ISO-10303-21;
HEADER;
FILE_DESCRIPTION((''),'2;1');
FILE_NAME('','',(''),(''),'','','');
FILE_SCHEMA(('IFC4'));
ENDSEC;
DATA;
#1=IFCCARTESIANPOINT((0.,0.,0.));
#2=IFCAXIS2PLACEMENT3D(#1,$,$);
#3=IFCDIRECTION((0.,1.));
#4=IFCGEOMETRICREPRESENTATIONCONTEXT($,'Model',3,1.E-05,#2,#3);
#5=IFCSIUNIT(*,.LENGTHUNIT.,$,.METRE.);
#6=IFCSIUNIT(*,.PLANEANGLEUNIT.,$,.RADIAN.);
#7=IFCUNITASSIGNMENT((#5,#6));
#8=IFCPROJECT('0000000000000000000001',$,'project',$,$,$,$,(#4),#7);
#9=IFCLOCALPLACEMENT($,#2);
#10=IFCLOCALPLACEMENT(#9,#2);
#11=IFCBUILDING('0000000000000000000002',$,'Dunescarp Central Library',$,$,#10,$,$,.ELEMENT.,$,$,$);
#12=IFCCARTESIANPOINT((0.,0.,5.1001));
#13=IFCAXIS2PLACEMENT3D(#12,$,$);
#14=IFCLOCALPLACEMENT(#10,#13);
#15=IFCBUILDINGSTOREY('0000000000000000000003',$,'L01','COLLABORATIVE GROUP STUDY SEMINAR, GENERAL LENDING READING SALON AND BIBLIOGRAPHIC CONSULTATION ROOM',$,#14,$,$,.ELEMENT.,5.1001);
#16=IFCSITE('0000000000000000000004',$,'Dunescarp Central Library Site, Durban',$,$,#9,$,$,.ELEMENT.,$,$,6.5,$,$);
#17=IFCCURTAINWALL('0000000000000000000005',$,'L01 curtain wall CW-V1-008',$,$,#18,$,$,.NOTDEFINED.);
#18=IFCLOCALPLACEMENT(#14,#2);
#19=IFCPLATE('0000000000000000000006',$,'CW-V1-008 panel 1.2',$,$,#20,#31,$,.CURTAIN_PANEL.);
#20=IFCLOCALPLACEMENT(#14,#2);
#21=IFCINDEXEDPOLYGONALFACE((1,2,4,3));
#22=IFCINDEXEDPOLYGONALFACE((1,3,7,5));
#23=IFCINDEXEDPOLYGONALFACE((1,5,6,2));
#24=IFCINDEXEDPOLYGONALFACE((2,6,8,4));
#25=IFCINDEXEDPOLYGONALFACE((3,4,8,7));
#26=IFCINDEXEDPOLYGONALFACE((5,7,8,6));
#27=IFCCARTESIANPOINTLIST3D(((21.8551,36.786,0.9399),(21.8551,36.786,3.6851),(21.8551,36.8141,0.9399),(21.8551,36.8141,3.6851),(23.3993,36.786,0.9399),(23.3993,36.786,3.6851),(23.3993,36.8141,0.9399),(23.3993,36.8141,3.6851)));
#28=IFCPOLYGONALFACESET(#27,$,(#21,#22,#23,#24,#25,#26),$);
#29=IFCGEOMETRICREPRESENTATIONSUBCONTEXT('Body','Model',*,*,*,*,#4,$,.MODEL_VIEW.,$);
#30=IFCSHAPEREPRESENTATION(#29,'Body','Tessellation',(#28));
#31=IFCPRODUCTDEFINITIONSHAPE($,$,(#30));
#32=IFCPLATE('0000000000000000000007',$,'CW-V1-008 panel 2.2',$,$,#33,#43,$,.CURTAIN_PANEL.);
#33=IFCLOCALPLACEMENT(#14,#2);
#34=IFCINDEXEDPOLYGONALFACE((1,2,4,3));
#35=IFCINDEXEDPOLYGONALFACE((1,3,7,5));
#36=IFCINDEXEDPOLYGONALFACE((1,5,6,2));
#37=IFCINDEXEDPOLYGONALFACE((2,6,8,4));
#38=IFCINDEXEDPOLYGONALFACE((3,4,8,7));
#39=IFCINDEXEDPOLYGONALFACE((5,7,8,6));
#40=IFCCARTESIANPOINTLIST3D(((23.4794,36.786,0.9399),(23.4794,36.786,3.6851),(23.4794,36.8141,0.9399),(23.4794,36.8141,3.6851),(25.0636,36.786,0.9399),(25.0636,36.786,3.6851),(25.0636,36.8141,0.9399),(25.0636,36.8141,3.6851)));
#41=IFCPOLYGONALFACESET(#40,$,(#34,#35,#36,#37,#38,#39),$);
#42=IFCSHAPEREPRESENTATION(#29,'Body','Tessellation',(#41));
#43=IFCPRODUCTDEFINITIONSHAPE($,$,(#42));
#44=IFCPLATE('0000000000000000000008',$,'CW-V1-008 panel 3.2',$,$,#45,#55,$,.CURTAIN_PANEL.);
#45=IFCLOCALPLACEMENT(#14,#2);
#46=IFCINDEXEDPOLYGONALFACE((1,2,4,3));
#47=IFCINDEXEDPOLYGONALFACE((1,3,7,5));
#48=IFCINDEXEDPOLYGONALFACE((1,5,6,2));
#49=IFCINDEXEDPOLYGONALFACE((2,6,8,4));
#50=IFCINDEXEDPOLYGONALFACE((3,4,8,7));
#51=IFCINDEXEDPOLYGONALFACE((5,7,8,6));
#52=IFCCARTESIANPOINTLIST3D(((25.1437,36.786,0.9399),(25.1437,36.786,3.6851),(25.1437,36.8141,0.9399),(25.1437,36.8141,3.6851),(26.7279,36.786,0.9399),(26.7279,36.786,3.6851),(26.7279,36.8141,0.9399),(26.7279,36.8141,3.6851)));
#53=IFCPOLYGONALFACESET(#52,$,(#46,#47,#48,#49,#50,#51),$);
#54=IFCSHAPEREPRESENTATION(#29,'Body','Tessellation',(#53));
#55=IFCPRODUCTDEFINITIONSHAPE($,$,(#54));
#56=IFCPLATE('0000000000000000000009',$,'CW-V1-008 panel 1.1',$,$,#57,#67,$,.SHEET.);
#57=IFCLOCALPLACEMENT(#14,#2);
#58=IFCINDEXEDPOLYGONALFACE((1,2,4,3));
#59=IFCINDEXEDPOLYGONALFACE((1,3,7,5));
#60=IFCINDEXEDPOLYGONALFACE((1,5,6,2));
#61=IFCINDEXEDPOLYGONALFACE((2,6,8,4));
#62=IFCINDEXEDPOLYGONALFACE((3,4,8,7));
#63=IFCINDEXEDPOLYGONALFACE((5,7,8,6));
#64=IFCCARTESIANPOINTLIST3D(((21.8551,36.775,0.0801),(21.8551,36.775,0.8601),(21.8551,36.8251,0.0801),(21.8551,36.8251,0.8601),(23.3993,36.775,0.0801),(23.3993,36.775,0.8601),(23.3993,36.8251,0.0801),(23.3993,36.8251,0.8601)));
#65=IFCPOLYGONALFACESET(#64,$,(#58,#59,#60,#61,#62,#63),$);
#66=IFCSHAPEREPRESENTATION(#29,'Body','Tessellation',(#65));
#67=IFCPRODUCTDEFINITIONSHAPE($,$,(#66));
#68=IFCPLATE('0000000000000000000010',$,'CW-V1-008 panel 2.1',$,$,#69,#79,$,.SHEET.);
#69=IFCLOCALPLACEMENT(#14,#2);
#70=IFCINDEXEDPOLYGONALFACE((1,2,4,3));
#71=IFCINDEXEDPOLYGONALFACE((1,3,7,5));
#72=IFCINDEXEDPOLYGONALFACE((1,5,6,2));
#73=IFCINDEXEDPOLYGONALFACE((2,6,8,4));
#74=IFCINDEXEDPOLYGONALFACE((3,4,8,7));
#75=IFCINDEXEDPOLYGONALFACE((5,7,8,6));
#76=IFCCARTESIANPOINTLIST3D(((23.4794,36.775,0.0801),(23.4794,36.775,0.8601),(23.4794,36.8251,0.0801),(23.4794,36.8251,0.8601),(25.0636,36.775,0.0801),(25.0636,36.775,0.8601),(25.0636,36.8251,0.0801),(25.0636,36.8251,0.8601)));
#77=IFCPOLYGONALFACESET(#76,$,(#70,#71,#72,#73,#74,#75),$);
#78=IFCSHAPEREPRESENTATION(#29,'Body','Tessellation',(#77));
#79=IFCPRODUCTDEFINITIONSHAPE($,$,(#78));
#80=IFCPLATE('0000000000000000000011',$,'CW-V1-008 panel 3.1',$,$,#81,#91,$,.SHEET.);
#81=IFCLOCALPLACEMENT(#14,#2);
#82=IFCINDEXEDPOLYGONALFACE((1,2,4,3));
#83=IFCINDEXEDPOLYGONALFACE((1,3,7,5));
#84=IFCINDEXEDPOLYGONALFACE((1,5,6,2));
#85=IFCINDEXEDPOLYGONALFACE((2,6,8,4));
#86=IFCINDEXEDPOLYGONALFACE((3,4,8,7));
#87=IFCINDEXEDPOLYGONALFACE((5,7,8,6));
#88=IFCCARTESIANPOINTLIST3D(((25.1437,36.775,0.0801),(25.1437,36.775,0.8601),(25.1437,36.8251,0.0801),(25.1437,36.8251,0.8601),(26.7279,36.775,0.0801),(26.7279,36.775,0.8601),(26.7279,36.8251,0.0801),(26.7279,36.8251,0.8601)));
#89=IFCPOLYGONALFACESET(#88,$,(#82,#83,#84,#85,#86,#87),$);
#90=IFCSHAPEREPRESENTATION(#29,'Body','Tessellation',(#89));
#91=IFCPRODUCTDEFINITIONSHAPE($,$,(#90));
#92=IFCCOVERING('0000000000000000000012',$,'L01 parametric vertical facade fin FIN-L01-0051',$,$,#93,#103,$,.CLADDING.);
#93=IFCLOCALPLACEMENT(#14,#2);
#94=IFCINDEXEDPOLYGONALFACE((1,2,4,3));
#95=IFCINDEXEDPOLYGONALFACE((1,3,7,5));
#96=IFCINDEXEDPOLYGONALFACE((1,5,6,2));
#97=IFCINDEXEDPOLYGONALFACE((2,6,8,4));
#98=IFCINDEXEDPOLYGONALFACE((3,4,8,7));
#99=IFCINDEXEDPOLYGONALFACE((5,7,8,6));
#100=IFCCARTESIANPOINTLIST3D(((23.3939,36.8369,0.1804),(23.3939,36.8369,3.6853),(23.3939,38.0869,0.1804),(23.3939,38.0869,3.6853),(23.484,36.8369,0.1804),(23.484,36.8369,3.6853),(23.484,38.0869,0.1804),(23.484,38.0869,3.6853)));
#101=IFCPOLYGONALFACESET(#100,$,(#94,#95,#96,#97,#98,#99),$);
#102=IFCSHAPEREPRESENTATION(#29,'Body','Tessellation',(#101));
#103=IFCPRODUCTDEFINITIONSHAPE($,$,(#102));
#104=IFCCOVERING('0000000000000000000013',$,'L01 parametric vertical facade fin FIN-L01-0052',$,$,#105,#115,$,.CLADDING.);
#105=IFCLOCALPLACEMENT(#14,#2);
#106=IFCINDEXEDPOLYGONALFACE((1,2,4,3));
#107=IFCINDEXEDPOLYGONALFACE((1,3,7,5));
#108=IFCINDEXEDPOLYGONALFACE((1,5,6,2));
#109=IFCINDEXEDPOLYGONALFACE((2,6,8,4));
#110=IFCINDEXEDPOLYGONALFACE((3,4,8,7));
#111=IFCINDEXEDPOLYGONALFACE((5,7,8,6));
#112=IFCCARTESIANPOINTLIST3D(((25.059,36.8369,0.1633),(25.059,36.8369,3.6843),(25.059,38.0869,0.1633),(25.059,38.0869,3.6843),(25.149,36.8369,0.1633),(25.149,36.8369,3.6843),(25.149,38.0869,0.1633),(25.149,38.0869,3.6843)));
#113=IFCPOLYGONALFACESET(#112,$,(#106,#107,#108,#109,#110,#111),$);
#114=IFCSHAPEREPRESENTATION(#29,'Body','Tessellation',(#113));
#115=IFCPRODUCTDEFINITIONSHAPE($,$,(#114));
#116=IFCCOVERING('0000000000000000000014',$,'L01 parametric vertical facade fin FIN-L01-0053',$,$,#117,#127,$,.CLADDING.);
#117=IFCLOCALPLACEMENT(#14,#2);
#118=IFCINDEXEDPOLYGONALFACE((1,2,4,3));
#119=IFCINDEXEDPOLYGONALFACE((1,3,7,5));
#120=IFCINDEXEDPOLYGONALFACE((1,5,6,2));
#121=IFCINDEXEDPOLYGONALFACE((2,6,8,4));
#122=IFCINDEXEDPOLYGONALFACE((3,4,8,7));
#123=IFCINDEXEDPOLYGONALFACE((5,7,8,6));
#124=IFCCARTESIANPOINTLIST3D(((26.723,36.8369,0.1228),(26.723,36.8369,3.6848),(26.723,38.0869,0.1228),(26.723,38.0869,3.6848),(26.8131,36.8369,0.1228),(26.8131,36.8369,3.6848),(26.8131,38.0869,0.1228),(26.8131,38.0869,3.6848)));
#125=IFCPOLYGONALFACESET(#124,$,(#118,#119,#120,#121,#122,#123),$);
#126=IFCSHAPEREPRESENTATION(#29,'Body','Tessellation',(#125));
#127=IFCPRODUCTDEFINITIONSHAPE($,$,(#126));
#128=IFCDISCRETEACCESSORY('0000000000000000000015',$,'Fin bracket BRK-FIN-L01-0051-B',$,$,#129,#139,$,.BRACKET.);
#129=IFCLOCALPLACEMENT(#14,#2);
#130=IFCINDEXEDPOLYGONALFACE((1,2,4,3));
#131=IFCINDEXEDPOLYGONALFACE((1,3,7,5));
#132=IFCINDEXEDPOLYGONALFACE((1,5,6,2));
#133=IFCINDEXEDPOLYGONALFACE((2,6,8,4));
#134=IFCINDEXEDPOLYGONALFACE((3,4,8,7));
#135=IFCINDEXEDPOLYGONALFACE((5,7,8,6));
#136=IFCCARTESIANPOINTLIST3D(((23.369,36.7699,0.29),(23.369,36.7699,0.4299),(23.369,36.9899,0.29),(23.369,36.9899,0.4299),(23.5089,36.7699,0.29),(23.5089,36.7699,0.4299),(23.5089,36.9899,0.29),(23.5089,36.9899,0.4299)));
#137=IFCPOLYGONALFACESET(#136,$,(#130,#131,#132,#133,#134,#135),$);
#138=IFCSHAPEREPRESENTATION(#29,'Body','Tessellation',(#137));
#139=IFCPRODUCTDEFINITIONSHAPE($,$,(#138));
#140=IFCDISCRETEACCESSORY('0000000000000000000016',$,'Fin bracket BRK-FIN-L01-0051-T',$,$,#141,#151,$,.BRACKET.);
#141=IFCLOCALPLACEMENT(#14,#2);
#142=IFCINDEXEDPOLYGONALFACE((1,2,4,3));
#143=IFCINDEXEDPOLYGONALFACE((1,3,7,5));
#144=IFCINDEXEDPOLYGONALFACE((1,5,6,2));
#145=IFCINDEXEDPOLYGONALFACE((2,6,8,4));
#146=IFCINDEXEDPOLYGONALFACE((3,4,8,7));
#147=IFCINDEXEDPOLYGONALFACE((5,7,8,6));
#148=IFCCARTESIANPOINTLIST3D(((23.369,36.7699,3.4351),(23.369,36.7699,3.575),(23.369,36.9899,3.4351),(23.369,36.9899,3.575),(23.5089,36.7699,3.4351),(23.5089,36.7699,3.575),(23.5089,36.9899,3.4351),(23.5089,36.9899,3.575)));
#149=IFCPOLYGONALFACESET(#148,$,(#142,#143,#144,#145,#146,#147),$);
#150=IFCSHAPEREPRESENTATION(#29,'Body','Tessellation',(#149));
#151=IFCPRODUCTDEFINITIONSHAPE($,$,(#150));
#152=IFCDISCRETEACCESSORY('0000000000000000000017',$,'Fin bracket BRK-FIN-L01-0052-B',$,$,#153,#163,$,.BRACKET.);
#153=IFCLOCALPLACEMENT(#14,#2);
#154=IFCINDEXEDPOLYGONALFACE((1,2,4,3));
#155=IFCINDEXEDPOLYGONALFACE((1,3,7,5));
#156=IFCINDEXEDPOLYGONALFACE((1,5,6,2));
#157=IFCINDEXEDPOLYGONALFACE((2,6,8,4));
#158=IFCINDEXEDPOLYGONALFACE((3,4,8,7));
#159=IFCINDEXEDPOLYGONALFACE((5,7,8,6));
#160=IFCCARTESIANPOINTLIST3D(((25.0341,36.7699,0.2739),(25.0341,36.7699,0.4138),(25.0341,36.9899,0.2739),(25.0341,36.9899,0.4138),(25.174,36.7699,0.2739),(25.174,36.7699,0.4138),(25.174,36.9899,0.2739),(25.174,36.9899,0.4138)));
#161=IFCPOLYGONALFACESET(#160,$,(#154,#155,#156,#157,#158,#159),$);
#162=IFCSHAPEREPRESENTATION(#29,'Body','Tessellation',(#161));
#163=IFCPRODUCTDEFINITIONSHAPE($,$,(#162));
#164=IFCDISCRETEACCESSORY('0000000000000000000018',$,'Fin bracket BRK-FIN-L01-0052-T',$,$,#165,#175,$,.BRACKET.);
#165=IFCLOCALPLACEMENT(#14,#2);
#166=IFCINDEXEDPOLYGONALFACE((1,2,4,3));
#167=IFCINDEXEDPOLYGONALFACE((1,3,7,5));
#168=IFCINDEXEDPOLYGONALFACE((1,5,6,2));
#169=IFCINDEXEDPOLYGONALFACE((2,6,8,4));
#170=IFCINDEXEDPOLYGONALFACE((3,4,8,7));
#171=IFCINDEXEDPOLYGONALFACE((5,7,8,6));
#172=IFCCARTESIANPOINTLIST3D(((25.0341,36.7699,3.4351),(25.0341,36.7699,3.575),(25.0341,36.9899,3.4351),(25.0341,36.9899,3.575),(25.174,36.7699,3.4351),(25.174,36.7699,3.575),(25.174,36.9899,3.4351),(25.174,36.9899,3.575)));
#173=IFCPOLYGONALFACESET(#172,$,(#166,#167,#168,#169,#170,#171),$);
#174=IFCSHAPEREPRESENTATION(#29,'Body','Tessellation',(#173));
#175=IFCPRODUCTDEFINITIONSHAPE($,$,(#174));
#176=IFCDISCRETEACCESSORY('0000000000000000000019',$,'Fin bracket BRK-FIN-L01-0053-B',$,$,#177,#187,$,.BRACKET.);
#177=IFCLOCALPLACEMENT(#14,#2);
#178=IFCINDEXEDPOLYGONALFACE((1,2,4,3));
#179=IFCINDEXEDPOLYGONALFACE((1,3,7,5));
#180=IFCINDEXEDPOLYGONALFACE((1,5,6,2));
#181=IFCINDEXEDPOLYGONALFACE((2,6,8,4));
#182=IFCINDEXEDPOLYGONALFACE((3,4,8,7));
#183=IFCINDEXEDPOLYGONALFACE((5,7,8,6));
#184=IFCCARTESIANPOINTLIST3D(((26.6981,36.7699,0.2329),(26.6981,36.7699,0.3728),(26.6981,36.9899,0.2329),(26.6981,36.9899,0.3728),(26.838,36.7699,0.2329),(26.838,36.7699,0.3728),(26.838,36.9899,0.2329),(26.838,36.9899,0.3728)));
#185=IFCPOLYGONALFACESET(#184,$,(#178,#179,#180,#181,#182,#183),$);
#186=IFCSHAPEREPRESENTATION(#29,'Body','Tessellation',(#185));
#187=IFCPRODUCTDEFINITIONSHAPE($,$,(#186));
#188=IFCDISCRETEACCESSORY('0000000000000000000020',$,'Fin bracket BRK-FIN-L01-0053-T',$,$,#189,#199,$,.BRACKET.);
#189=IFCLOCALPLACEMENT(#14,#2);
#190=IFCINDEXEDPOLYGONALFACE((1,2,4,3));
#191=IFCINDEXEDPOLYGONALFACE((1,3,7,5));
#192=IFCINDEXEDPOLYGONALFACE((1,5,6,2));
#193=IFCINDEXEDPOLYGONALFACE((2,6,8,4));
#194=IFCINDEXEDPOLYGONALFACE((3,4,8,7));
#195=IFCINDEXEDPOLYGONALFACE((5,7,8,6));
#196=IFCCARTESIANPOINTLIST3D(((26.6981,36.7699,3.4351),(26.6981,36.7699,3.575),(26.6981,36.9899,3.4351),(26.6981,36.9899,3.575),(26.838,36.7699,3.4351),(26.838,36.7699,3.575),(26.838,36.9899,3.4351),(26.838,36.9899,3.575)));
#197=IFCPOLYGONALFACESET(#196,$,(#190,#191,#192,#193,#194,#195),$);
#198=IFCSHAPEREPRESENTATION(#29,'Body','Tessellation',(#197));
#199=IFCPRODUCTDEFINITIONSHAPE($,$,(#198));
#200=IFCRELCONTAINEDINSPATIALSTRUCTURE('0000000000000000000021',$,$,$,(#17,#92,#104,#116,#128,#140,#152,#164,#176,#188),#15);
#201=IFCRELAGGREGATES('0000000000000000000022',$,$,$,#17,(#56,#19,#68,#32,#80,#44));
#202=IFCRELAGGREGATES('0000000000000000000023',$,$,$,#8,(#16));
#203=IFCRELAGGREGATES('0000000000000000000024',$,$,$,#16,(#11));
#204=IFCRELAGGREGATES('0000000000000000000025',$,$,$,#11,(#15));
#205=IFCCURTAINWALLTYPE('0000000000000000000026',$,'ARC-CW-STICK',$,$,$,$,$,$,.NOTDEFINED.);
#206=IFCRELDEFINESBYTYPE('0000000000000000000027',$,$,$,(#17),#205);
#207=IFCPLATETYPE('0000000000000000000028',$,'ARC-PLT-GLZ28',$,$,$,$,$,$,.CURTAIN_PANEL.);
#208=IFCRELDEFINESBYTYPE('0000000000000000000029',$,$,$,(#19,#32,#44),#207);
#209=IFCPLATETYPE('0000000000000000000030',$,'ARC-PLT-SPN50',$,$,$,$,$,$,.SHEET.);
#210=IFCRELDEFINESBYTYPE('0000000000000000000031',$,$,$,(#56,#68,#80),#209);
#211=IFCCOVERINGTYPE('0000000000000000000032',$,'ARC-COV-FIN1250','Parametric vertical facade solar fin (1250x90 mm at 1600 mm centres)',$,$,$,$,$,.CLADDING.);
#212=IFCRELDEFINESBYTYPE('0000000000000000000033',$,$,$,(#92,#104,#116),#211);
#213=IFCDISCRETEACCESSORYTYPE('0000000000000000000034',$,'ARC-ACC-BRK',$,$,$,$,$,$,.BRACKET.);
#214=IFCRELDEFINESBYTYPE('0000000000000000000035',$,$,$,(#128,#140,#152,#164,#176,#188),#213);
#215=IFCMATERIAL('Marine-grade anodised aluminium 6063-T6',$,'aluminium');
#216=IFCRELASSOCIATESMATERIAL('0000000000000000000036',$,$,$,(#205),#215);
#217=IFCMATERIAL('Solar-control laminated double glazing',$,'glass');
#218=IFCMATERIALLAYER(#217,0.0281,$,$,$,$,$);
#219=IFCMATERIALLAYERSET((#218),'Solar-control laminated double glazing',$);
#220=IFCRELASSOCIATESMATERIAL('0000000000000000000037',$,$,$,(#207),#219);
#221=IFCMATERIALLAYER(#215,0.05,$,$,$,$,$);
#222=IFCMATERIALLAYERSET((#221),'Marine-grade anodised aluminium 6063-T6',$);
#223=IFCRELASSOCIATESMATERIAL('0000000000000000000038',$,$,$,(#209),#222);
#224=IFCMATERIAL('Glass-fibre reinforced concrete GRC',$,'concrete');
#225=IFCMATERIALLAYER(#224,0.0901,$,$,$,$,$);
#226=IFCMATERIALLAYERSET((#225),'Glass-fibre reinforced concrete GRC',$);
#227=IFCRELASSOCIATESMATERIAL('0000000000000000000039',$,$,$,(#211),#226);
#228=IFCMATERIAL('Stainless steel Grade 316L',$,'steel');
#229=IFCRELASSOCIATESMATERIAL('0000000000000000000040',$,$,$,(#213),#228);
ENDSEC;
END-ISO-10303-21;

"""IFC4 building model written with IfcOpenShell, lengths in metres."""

from ifc_helpers import new_model, si_unit, direction, frame, origin, origin_2d, place, context, subcontext, project, spatial, rectangle, extrude, material, layer, layer_set, type_object, element, aggregate, save


model = new_model("IFC4")

# Units and contexts
model_context = context("Model", 3, precision=1e-05, world=origin(), true_north=direction((0.0, 1.0)))
body_context = subcontext(model_context, "Body", "Model", "MODEL_VIEW")
ifc_project = project(units=[si_unit("LENGTHUNIT", "METRE"), si_unit("PLANEANGLEUNIT", "RADIAN")], contexts=[model_context])

# Site, building, storey
site_placement = place(None, origin())
site = spatial("IfcSite", under=ifc_project, at=site_placement, Name="Dunescarp Central Library Site, Durban", CompositionType="ELEMENT", RefElevation=6.5)
building_placement = place(site_placement, origin())
building = spatial("IfcBuilding", under=site, at=building_placement, Name="Dunescarp Central Library", CompositionType="ELEMENT")
storey_placement = place(building_placement, frame((0.0, 0.0, 5.1001)))
storey = spatial("IfcBuildingStorey", under=building, at=storey_placement, Name="L01", Description="COLLABORATIVE GROUP STUDY SEMINAR, GENERAL LENDING READING SALON AND BIBLIOGRAPHIC CONSULTATION ROOM", CompositionType="ELEMENT", Elevation=5.1001)

# Curtain wall
ifc_material_1 = material(Name="Marine-grade anodised aluminium 6063-T6", Category="aluminium")
curtain_wall_type = type_object("IfcCurtainWallType", Name="ARC-CW-STICK", PredefinedType="NOTDEFINED", material=ifc_material_1)
curtain_wall_placement = place(storey_placement, origin())
curtain_wall = element("IfcCurtainWall", 1, at=curtain_wall_placement, inside=storey, type_object=curtain_wall_type, Name="L01 curtain wall CW-V1-008", PredefinedType="NOTDEFINED")

# Plates
ifc_material_2 = material(Name="Solar-control laminated double glazing", Category="glass")
ifc_layer_1 = layer(ifc_material_2, 0.0281)
ifc_layer_set_1 = layer_set([ifc_layer_1], Name="Solar-control laminated double glazing")
plate_type_1 = type_object("IfcPlateType", Name="ARC-PLT-GLZ28", PredefinedType="CURTAIN_PANEL", material=ifc_layer_set_1)
plate_1_placement = place(storey_placement, frame((22.6272, 36.8, 0.9399), z_axis=(0.0, 0.0, 1.0), x_axis=(1.0, 0.0, 0.0)))
plate_1 = element("IfcPlate", 2, at=plate_1_placement, type_object=plate_type_1, Name="CW-V1-008 panel 1.2", PredefinedType="CURTAIN_PANEL", context=body_context, shape_type="SweptSolid", body=[
    extrude(rectangle(XDim=1.5442, YDim=0.0281, at=origin_2d()), origin(), (0.0, 0.0, 1.0), 2.7451),
])
plate_2_placement = place(storey_placement, frame((24.2715, 36.8, 0.9399), z_axis=(0.0, 0.0, 1.0), x_axis=(1.0, 0.0, 0.0)))
plate_2 = element("IfcPlate", 3, at=plate_2_placement, type_object=plate_type_1, Name="CW-V1-008 panel 2.2", PredefinedType="CURTAIN_PANEL", context=body_context, shape_type="SweptSolid", body=[
    extrude(rectangle(XDim=1.5842, YDim=0.0281, at=origin_2d()), origin(), (0.0, 0.0, 1.0), 2.7451),
])
plate_3_placement = place(storey_placement, frame((25.9358, 36.8, 0.9399), z_axis=(0.0, 0.0, 1.0), x_axis=(1.0, 0.0, 0.0)))
plate_3 = element("IfcPlate", 4, at=plate_3_placement, type_object=plate_type_1, Name="CW-V1-008 panel 3.2", PredefinedType="CURTAIN_PANEL", context=body_context, shape_type="SweptSolid", body=[
    extrude(rectangle(XDim=1.5842, YDim=0.0281, at=origin_2d()), origin(), (0.0, 0.0, 1.0), 2.7451),
])
ifc_layer_2 = layer(ifc_material_1, 0.05)
ifc_layer_set_2 = layer_set([ifc_layer_2], Name="Marine-grade anodised aluminium 6063-T6")
plate_type_2 = type_object("IfcPlateType", Name="ARC-PLT-SPN50", PredefinedType="SHEET", material=ifc_layer_set_2)
plate_4_placement = place(storey_placement, frame((22.6272, 36.8, 0.0801), z_axis=(0.0, 0.0, 1.0), x_axis=(1.0, 0.0, 0.0)))
plate_4 = element("IfcPlate", 5, at=plate_4_placement, type_object=plate_type_2, Name="CW-V1-008 panel 1.1", PredefinedType="SHEET", context=body_context, shape_type="SweptSolid", body=[
    extrude(rectangle(XDim=1.5442, YDim=0.05, at=origin_2d()), origin(), (0.0, 0.0, 1.0), 0.78),
])
plate_5_placement = place(storey_placement, frame((24.2715, 36.8, 0.0801), z_axis=(0.0, 0.0, 1.0), x_axis=(1.0, 0.0, 0.0)))
plate_5 = element("IfcPlate", 6, at=plate_5_placement, type_object=plate_type_2, Name="CW-V1-008 panel 2.1", PredefinedType="SHEET", context=body_context, shape_type="SweptSolid", body=[
    extrude(rectangle(XDim=1.5842, YDim=0.05, at=origin_2d()), origin(), (0.0, 0.0, 1.0), 0.78),
])
plate_6_placement = place(storey_placement, frame((25.9358, 36.8, 0.0801), z_axis=(0.0, 0.0, 1.0), x_axis=(1.0, 0.0, 0.0)))
plate_6 = element("IfcPlate", 7, at=plate_6_placement, type_object=plate_type_2, Name="CW-V1-008 panel 3.1", PredefinedType="SHEET", context=body_context, shape_type="SweptSolid", body=[
    extrude(rectangle(XDim=1.5842, YDim=0.05, at=origin_2d()), origin(), (0.0, 0.0, 1.0), 0.78),
])
aggregate(curtain_wall, [plate_4, plate_1, plate_5, plate_2, plate_6, plate_3])

# Coverings
ifc_material_3 = material(Name="Glass-fibre reinforced concrete GRC", Category="concrete")
ifc_layer_3 = layer(ifc_material_3, 0.0901)
ifc_layer_set_3 = layer_set([ifc_layer_3], Name="Glass-fibre reinforced concrete GRC")
covering_type = type_object("IfcCoveringType", Name="ARC-COV-FIN1250", Description="Parametric vertical facade solar fin (1250x90 mm at 1600 mm centres)", PredefinedType="CLADDING", material=ifc_layer_set_3)
covering_1_placement = place(storey_placement, frame((23.439, 37.4619, 0.1804), z_axis=(0.0, 0.0, 1.0), x_axis=(0.0, 1.0, 0.0)))
element("IfcCovering", 8, at=covering_1_placement, inside=storey, type_object=covering_type, Name="L01 parametric vertical facade fin FIN-L01-0051", PredefinedType="CLADDING", context=body_context, shape_type="SweptSolid", body=[
    extrude(rectangle(XDim=1.25, YDim=0.0901, at=origin_2d()), origin(), (0.0, 0.0, 1.0), 3.5049),
])
covering_2_placement = place(storey_placement, frame((25.104, 37.4619, 0.1633), z_axis=(0.0, 0.0, 1.0), x_axis=(0.0, 1.0, 0.0)))
element("IfcCovering", 9, at=covering_2_placement, inside=storey, type_object=covering_type, Name="L01 parametric vertical facade fin FIN-L01-0052", PredefinedType="CLADDING", context=body_context, shape_type="SweptSolid", body=[
    extrude(rectangle(XDim=1.25, YDim=0.0901, at=origin_2d()), origin(), (0.0, 0.0, 1.0), 3.521),
])
covering_3_placement = place(storey_placement, frame((26.7681, 37.4619, 0.1228), z_axis=(0.0, 0.0, 1.0), x_axis=(0.0, 1.0, 0.0)))
element("IfcCovering", 10, at=covering_3_placement, inside=storey, type_object=covering_type, Name="L01 parametric vertical facade fin FIN-L01-0053", PredefinedType="CLADDING", context=body_context, shape_type="SweptSolid", body=[
    extrude(rectangle(XDim=1.25, YDim=0.0901, at=origin_2d()), origin(), (0.0, 0.0, 1.0), 3.562),
])

# Discrete accessories
ifc_material_4 = material(Name="Stainless steel Grade 316L", Category="steel")
discrete_accessory_type = type_object("IfcDiscreteAccessoryType", Name="ARC-ACC-BRK", PredefinedType="BRACKET", material=ifc_material_4)
for number, where, z_axis, x_axis, name in (
    (11, (23.439, 36.8799, 0.29), (0.0, 0.0, 1.0), (0.0, 1.0, 0.0), "Fin bracket BRK-FIN-L01-0051-B"),
    (12, (23.439, 36.8799, 3.4351), (0.0, 0.0, 1.0), (0.0, 1.0, 0.0), "Fin bracket BRK-FIN-L01-0051-T"),
    (13, (25.104, 36.8799, 0.2739), (0.0, 0.0, 1.0), (0.0, 1.0, 0.0), "Fin bracket BRK-FIN-L01-0052-B"),
    (14, (25.104, 36.8799, 3.4351), (0.0, 0.0, 1.0), (0.0, 1.0, 0.0), "Fin bracket BRK-FIN-L01-0052-T"),
    (15, (26.7681, 36.8799, 0.2329), (0.0, 0.0, 1.0), (0.0, 1.0, 0.0), "Fin bracket BRK-FIN-L01-0053-B"),
    (16, (26.7681, 36.8799, 3.4351), (0.0, 0.0, 1.0), (0.0, 1.0, 0.0), "Fin bracket BRK-FIN-L01-0053-T"),
):
    element("IfcDiscreteAccessory", number, at=place(storey_placement, frame(where, z_axis=z_axis, x_axis=x_axis)), inside=storey, type_object=discrete_accessory_type, Name=name, PredefinedType="BRACKET", context=body_context, shape_type="SweptSolid", body=[
        extrude(rectangle(XDim=0.22, YDim=0.1399, at=origin_2d()), origin(), (0.0, 0.0, 1.0), 0.1399),
    ])

save(model, "model.ifc")
